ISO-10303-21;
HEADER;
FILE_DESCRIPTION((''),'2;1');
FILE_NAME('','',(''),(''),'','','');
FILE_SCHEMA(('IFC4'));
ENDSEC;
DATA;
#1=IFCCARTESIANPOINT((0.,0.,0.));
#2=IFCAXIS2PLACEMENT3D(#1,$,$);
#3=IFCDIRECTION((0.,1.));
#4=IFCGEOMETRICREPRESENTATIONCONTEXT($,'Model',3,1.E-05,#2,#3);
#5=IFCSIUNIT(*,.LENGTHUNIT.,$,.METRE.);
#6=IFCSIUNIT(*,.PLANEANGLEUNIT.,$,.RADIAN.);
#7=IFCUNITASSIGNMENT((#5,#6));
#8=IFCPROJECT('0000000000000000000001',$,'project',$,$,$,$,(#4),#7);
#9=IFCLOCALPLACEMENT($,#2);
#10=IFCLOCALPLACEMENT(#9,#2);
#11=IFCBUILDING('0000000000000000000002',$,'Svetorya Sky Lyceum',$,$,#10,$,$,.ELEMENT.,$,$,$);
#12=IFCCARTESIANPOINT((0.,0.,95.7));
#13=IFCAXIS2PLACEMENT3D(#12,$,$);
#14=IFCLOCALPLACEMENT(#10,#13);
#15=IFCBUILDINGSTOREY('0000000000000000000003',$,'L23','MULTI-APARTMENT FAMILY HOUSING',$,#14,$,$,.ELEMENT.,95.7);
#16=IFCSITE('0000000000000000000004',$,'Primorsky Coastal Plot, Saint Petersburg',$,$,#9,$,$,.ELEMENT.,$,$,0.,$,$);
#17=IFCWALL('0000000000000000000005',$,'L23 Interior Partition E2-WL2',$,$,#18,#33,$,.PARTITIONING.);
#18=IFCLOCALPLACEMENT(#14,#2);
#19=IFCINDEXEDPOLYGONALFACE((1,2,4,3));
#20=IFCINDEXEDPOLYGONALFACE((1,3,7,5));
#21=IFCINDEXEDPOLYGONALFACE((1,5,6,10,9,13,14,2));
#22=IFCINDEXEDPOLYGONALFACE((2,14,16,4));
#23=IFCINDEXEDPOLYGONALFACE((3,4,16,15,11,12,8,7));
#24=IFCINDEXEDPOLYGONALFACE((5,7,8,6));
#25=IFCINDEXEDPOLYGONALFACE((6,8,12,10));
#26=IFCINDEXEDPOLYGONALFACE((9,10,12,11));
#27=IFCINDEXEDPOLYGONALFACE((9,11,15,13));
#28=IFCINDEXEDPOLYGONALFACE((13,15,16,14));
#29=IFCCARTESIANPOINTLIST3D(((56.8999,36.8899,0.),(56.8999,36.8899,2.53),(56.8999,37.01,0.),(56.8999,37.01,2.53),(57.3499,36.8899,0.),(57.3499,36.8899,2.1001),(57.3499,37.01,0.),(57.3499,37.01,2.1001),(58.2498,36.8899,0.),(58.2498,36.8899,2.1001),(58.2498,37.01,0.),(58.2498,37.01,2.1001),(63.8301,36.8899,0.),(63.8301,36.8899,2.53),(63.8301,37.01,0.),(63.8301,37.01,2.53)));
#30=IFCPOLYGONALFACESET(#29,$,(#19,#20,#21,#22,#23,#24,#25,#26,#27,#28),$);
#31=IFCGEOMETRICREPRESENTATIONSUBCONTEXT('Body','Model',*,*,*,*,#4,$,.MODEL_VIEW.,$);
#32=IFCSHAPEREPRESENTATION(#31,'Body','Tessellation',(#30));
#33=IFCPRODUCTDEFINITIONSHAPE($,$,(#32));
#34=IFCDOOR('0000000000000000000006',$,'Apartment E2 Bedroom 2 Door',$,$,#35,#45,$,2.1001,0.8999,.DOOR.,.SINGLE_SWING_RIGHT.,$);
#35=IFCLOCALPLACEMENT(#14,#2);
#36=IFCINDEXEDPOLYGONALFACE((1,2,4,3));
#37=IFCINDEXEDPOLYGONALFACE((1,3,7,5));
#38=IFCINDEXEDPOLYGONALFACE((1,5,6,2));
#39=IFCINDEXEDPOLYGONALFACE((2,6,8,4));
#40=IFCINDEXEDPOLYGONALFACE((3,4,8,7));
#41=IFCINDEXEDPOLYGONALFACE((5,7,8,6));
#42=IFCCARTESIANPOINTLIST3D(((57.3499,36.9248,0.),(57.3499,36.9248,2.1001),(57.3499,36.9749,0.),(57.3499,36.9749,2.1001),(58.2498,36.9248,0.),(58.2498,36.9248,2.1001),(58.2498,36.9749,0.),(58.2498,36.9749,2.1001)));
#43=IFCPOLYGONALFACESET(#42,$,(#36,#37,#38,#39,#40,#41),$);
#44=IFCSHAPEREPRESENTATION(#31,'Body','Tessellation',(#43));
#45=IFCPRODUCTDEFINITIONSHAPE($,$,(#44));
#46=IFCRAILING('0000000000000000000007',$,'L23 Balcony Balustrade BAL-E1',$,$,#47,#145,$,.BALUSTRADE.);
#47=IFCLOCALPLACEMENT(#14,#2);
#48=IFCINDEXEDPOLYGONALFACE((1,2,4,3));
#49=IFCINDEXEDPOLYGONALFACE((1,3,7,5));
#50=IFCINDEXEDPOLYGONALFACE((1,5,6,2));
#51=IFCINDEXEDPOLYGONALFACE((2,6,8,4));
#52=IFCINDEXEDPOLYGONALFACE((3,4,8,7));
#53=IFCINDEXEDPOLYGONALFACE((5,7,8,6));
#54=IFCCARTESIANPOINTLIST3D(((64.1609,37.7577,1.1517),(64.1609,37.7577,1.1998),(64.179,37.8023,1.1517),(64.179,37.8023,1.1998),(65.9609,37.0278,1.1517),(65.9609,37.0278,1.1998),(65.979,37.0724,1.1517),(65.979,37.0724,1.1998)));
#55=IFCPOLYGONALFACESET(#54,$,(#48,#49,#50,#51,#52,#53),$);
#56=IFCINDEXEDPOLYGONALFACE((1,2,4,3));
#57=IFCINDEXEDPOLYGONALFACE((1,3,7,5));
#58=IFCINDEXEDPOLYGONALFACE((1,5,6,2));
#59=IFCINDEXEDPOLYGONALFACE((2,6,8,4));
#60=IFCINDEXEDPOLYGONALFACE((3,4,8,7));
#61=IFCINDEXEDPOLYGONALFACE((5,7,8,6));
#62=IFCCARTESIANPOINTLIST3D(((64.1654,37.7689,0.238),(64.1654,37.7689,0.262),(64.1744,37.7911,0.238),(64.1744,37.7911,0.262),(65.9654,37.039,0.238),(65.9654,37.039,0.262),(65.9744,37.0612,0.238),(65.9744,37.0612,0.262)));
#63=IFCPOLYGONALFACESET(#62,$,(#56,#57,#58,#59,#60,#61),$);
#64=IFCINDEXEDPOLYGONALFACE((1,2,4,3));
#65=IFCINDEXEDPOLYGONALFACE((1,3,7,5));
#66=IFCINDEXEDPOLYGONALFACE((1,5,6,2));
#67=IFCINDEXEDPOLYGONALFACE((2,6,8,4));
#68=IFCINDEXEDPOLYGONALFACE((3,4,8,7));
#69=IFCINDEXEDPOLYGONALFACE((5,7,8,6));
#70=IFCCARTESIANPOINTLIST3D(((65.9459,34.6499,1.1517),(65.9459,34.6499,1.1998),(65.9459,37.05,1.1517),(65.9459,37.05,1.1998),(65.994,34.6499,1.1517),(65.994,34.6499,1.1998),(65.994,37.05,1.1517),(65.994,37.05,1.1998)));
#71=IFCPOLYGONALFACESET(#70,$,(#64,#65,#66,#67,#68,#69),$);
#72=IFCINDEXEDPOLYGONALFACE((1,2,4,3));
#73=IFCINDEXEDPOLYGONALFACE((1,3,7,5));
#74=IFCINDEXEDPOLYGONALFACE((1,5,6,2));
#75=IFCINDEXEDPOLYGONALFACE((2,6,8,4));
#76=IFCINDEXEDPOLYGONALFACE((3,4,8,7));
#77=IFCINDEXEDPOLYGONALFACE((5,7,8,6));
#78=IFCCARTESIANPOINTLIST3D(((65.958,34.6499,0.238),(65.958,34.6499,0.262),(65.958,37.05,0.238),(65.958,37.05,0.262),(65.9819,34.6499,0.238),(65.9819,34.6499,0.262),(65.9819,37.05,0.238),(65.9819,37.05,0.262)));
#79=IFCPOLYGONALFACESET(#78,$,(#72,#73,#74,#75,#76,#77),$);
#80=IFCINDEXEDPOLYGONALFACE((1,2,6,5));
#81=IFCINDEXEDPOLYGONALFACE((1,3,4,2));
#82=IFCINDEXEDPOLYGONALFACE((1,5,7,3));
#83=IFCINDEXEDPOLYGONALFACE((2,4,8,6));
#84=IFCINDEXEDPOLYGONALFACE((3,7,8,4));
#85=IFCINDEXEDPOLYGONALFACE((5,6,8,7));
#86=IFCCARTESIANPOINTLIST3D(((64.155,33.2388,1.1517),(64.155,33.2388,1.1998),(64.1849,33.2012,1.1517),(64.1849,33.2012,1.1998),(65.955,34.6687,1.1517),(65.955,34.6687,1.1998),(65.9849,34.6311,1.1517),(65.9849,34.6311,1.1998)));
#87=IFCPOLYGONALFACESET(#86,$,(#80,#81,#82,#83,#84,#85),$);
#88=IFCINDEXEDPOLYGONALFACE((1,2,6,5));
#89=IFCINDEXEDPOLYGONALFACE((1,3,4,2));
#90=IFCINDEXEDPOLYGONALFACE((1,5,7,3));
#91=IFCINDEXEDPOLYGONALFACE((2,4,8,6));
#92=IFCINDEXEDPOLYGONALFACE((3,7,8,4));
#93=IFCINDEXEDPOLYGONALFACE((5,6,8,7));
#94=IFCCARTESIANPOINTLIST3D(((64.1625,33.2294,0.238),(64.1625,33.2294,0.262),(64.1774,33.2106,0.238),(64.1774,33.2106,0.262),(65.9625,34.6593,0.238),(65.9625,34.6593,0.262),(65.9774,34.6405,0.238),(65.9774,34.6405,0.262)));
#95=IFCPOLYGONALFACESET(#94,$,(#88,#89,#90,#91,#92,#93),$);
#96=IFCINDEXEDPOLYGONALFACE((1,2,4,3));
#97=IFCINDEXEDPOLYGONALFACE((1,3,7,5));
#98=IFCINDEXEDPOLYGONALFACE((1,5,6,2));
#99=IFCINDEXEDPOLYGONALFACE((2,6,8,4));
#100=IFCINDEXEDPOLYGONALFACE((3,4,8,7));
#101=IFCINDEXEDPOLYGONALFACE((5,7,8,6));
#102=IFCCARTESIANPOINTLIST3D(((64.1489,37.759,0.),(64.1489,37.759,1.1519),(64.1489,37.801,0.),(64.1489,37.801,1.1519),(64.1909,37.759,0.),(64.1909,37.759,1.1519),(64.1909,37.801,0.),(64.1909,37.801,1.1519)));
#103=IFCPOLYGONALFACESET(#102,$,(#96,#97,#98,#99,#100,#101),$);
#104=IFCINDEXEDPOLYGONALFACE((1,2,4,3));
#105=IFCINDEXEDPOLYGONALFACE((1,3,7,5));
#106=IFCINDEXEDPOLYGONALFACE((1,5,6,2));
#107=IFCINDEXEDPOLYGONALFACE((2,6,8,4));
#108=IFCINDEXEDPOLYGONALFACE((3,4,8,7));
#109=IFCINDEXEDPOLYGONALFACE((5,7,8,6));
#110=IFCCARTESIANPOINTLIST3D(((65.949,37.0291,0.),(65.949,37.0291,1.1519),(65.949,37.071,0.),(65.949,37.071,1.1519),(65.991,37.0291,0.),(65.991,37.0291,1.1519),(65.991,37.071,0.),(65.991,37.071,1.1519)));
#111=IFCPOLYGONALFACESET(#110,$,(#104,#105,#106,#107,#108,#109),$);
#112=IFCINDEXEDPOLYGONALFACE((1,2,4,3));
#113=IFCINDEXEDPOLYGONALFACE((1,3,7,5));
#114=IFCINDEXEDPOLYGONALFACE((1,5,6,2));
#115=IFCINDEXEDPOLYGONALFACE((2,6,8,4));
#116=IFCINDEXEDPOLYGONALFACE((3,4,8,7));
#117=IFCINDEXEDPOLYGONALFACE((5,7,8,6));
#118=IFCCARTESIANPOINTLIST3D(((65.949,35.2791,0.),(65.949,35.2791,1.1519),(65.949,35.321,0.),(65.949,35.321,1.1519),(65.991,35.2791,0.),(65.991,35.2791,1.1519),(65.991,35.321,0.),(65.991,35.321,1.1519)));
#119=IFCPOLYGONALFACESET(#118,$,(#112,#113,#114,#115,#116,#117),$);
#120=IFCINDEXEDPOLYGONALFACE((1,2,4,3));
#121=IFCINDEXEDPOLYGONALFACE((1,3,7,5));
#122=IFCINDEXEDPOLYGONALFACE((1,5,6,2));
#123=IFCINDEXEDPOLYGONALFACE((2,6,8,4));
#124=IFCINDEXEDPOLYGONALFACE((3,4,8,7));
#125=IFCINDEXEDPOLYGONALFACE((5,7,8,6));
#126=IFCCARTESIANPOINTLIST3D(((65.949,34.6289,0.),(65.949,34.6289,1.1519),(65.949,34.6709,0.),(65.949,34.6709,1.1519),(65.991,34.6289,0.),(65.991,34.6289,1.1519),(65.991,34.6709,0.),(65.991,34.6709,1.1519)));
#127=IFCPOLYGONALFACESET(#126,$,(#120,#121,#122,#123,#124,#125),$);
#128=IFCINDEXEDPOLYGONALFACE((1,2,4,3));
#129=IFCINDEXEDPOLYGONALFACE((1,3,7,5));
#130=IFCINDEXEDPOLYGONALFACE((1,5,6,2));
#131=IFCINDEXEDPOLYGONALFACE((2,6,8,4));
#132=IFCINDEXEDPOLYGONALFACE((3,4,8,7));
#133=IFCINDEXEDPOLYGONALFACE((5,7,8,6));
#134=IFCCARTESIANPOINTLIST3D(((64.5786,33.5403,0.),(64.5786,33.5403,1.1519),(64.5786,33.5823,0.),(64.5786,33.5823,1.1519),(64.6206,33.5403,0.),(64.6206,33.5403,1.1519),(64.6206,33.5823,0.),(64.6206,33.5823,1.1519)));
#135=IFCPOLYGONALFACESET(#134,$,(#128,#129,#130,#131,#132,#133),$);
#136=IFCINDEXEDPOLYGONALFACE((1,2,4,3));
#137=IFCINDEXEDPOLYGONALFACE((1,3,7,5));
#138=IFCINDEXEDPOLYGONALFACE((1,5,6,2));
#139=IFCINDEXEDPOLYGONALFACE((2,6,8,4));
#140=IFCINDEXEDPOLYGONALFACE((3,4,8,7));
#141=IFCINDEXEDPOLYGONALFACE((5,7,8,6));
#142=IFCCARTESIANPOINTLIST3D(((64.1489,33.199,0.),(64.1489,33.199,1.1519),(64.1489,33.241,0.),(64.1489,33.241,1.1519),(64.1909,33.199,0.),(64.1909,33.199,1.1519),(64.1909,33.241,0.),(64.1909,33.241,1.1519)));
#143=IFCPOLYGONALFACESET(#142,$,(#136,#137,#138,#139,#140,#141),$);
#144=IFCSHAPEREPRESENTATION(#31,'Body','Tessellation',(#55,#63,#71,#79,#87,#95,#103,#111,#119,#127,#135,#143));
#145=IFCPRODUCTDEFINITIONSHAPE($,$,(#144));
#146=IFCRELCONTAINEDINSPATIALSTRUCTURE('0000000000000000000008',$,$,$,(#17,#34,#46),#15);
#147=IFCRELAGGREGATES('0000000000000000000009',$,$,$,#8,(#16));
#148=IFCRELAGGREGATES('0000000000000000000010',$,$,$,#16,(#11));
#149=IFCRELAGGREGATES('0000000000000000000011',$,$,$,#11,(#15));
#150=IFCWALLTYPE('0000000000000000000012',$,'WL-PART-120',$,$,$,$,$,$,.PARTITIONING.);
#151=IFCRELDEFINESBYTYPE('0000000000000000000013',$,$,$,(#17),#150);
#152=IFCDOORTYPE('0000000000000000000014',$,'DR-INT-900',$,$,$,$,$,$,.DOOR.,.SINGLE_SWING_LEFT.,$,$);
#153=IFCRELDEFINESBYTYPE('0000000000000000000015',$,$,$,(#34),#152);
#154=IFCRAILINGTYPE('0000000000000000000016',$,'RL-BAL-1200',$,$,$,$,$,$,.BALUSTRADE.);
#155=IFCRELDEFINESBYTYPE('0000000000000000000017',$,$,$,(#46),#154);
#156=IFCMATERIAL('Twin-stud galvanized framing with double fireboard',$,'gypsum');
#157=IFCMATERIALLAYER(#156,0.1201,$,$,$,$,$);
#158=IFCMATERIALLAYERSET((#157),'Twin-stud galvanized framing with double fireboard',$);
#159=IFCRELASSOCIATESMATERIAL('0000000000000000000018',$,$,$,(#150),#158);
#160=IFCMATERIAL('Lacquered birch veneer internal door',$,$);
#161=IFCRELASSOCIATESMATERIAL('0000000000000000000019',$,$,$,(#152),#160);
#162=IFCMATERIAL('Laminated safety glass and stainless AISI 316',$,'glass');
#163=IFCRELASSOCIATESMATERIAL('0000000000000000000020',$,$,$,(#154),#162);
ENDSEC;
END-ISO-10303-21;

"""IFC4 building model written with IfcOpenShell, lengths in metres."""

from ifc_helpers import new_model, si_unit, direction, frame, frame_2d, origin, origin_2d, place, context, subcontext, project, spatial, rectangle, extrude, material, layer, layer_set, type_object, element, fill, save


model = new_model("IFC4")

# Units and contexts
model_context = context("Model", 3, precision=1e-05, world=origin(), true_north=direction((0.0, 1.0)))
body_context = subcontext(model_context, "Body", "Model", "MODEL_VIEW")
ifc_project = project(units=[si_unit("LENGTHUNIT", "METRE"), si_unit("PLANEANGLEUNIT", "RADIAN")], contexts=[model_context])

# Site, building, storey
site_placement = place(None, origin())
site = spatial("IfcSite", under=ifc_project, at=site_placement, Name="Primorsky Coastal Plot, Saint Petersburg", CompositionType="ELEMENT", RefElevation=0.0)
building_placement = place(site_placement, origin())
building = spatial("IfcBuilding", under=site, at=building_placement, Name="Svetorya Sky Lyceum", CompositionType="ELEMENT")
storey_placement = place(building_placement, frame((0.0, 0.0, 95.7)))
storey = spatial("IfcBuildingStorey", under=building, at=storey_placement, Name="L23", Description="MULTI-APARTMENT FAMILY HOUSING", CompositionType="ELEMENT", Elevation=95.7)

# Wall, opening, door
ifc_material_1 = material(Name="Twin-stud galvanized framing with double fireboard", Category="gypsum")
ifc_layer_1 = layer(ifc_material_1, 0.1201)
ifc_layer_set_1 = layer_set([ifc_layer_1], Name="Twin-stud galvanized framing with double fireboard")
wall_type_1 = type_object("IfcWallType", Name="WL-PART-120", PredefinedType="PARTITIONING", material=ifc_layer_set_1)
wall_1_placement = place(storey_placement, frame((56.8999, 36.95, 0.0), z_axis=(0.0, 0.0, 1.0), x_axis=(1.0, 0.0, 0.0)))
wall_1 = element("IfcWall", 1, at=wall_1_placement, inside=storey, type_object=wall_type_1, Name="L23 Interior Partition E2-WL2", PredefinedType="PARTITIONING", context=body_context, shape_type="SweptSolid", body=[
    extrude(rectangle(XDim=6.9302, YDim=0.1201, at=frame_2d((3.4651, 0.0))), origin(), (0.0, 0.0, 1.0), 2.53),
])
opening_1_placement = place(wall_1_placement, frame((0.45, 0.0, 0.0)))
opening_1 = element("IfcOpeningElement", 2, at=opening_1_placement, cuts=wall_1, PredefinedType="OPENING", context=body_context, shape_type="SweptSolid", body=[
    extrude(rectangle(XDim=0.8999, YDim=2.1001, at=frame_2d((0.45, 1.05))), frame((0.0, 0.0701, 0.0), z_axis=(0.0, -1.0, 0.0), x_axis=(1.0, 0.0, 0.0)), (0.0, 0.0, 1.0), 0.1401),
])
ifc_material_2 = material(Name="Lacquered birch veneer internal door")
door_type_1 = type_object("IfcDoorType", Name="DR-INT-900", OperationType="SINGLE_SWING_LEFT", PredefinedType="DOOR", material=ifc_material_2)
door_1_placement = place(opening_1_placement, origin())
door_1 = element("IfcDoor", 3, at=door_1_placement, inside=storey, type_object=door_type_1, Name="Apartment E2 Bedroom 2 Door", OperationType="SINGLE_SWING_RIGHT", OverallHeight=2.1001, OverallWidth=0.8999, PredefinedType="DOOR", context=body_context, shape_type="SweptSolid", body=[
    extrude(rectangle(XDim=0.8999, YDim=2.1001, at=frame_2d((0.45, 1.05))), frame((0.0, 0.0249, 0.0), z_axis=(0.0, -1.0, 0.0), x_axis=(1.0, 0.0, 0.0)), (0.0, 0.0, 1.0), 0.05),
])
fill(opening_1, door_1)

# Railing
ifc_material_3 = material(Name="Laminated safety glass and stainless AISI 316", Category="glass")
railing_type = type_object("IfcRailingType", Name="RL-BAL-1200", PredefinedType="BALUSTRADE", material=ifc_material_3)
railing_placement = place(storey_placement, frame((64.1699, 37.78, 0.0)))
element("IfcRailing", 4, at=railing_placement, inside=storey, type_object=railing_type, Name="L23 Balcony Balustrade BAL-E1", PredefinedType="BALUSTRADE", context=body_context, shape_type="SweptSolid", body=[
    extrude(rectangle(XDim=0.0481, YDim=0.0481, at=origin_2d()), frame((0.0, 0.0, 1.1758), z_axis=(0.926698, -0.375807, 0.0), x_axis=(0.375807, 0.926698, 0.0)), (0.0, 0.0, 1.0), 1.9424),
    extrude(rectangle(XDim=0.0239, YDim=0.0239, at=origin_2d()), frame((0.0, 0.0, 0.25), z_axis=(0.926698, -0.375807, 0.0), x_axis=(0.375807, 0.926698, 0.0)), (0.0, 0.0, 1.0), 1.9424),
    extrude(rectangle(XDim=0.0481, YDim=0.0481, at=origin_2d()), frame((1.8, -0.73, 1.1758), z_axis=(0.0, -1.0, 0.0), x_axis=(1.0, 0.0, 0.0)), (0.0, 0.0, 1.0), 2.4001),
    extrude(rectangle(XDim=0.0239, YDim=0.0239, at=origin_2d()), frame((1.8, -0.73, 0.25), z_axis=(0.0, -1.0, 0.0), x_axis=(1.0, 0.0, 0.0)), (0.0, 0.0, 1.0), 2.4001),
    extrude(rectangle(XDim=0.0481, YDim=0.0481, at=origin_2d()), frame((1.8, -3.1301, 1.1758), z_axis=(-0.783009, -0.62201, 0.0), x_axis=(0.62201, -0.783009, 0.0)), (0.0, 0.0, 1.0), 2.2988),
    extrude(rectangle(XDim=0.0239, YDim=0.0239, at=origin_2d()), frame((1.8, -3.1301, 0.25), z_axis=(-0.783009, -0.62201, 0.0), x_axis=(0.62201, -0.783009, 0.0)), (0.0, 0.0, 1.0), 2.2988),
    extrude(rectangle(XDim=0.042, YDim=0.042, at=origin_2d()), origin(), (0.0, 0.0, 1.0), 1.1519),
    extrude(rectangle(XDim=0.042, YDim=0.042, at=origin_2d()), frame((1.8, -0.73, 0.0)), (0.0, 0.0, 1.0), 1.1519),
    extrude(rectangle(XDim=0.042, YDim=0.042, at=origin_2d()), frame((1.8, -2.48, 0.0)), (0.0, 0.0, 1.0), 1.1519),
    extrude(rectangle(XDim=0.042, YDim=0.042, at=origin_2d()), frame((1.8, -3.1301, 0.0)), (0.0, 0.0, 1.0), 1.1519),
    extrude(rectangle(XDim=0.042, YDim=0.042, at=origin_2d()), frame((0.4297, -4.2188, 0.0)), (0.0, 0.0, 1.0), 1.1519),
    extrude(rectangle(XDim=0.042, YDim=0.042, at=origin_2d()), frame((0.0, -4.5601, 0.0)), (0.0, 0.0, 1.0), 1.1519),
])

save(model, "model.ifc")
